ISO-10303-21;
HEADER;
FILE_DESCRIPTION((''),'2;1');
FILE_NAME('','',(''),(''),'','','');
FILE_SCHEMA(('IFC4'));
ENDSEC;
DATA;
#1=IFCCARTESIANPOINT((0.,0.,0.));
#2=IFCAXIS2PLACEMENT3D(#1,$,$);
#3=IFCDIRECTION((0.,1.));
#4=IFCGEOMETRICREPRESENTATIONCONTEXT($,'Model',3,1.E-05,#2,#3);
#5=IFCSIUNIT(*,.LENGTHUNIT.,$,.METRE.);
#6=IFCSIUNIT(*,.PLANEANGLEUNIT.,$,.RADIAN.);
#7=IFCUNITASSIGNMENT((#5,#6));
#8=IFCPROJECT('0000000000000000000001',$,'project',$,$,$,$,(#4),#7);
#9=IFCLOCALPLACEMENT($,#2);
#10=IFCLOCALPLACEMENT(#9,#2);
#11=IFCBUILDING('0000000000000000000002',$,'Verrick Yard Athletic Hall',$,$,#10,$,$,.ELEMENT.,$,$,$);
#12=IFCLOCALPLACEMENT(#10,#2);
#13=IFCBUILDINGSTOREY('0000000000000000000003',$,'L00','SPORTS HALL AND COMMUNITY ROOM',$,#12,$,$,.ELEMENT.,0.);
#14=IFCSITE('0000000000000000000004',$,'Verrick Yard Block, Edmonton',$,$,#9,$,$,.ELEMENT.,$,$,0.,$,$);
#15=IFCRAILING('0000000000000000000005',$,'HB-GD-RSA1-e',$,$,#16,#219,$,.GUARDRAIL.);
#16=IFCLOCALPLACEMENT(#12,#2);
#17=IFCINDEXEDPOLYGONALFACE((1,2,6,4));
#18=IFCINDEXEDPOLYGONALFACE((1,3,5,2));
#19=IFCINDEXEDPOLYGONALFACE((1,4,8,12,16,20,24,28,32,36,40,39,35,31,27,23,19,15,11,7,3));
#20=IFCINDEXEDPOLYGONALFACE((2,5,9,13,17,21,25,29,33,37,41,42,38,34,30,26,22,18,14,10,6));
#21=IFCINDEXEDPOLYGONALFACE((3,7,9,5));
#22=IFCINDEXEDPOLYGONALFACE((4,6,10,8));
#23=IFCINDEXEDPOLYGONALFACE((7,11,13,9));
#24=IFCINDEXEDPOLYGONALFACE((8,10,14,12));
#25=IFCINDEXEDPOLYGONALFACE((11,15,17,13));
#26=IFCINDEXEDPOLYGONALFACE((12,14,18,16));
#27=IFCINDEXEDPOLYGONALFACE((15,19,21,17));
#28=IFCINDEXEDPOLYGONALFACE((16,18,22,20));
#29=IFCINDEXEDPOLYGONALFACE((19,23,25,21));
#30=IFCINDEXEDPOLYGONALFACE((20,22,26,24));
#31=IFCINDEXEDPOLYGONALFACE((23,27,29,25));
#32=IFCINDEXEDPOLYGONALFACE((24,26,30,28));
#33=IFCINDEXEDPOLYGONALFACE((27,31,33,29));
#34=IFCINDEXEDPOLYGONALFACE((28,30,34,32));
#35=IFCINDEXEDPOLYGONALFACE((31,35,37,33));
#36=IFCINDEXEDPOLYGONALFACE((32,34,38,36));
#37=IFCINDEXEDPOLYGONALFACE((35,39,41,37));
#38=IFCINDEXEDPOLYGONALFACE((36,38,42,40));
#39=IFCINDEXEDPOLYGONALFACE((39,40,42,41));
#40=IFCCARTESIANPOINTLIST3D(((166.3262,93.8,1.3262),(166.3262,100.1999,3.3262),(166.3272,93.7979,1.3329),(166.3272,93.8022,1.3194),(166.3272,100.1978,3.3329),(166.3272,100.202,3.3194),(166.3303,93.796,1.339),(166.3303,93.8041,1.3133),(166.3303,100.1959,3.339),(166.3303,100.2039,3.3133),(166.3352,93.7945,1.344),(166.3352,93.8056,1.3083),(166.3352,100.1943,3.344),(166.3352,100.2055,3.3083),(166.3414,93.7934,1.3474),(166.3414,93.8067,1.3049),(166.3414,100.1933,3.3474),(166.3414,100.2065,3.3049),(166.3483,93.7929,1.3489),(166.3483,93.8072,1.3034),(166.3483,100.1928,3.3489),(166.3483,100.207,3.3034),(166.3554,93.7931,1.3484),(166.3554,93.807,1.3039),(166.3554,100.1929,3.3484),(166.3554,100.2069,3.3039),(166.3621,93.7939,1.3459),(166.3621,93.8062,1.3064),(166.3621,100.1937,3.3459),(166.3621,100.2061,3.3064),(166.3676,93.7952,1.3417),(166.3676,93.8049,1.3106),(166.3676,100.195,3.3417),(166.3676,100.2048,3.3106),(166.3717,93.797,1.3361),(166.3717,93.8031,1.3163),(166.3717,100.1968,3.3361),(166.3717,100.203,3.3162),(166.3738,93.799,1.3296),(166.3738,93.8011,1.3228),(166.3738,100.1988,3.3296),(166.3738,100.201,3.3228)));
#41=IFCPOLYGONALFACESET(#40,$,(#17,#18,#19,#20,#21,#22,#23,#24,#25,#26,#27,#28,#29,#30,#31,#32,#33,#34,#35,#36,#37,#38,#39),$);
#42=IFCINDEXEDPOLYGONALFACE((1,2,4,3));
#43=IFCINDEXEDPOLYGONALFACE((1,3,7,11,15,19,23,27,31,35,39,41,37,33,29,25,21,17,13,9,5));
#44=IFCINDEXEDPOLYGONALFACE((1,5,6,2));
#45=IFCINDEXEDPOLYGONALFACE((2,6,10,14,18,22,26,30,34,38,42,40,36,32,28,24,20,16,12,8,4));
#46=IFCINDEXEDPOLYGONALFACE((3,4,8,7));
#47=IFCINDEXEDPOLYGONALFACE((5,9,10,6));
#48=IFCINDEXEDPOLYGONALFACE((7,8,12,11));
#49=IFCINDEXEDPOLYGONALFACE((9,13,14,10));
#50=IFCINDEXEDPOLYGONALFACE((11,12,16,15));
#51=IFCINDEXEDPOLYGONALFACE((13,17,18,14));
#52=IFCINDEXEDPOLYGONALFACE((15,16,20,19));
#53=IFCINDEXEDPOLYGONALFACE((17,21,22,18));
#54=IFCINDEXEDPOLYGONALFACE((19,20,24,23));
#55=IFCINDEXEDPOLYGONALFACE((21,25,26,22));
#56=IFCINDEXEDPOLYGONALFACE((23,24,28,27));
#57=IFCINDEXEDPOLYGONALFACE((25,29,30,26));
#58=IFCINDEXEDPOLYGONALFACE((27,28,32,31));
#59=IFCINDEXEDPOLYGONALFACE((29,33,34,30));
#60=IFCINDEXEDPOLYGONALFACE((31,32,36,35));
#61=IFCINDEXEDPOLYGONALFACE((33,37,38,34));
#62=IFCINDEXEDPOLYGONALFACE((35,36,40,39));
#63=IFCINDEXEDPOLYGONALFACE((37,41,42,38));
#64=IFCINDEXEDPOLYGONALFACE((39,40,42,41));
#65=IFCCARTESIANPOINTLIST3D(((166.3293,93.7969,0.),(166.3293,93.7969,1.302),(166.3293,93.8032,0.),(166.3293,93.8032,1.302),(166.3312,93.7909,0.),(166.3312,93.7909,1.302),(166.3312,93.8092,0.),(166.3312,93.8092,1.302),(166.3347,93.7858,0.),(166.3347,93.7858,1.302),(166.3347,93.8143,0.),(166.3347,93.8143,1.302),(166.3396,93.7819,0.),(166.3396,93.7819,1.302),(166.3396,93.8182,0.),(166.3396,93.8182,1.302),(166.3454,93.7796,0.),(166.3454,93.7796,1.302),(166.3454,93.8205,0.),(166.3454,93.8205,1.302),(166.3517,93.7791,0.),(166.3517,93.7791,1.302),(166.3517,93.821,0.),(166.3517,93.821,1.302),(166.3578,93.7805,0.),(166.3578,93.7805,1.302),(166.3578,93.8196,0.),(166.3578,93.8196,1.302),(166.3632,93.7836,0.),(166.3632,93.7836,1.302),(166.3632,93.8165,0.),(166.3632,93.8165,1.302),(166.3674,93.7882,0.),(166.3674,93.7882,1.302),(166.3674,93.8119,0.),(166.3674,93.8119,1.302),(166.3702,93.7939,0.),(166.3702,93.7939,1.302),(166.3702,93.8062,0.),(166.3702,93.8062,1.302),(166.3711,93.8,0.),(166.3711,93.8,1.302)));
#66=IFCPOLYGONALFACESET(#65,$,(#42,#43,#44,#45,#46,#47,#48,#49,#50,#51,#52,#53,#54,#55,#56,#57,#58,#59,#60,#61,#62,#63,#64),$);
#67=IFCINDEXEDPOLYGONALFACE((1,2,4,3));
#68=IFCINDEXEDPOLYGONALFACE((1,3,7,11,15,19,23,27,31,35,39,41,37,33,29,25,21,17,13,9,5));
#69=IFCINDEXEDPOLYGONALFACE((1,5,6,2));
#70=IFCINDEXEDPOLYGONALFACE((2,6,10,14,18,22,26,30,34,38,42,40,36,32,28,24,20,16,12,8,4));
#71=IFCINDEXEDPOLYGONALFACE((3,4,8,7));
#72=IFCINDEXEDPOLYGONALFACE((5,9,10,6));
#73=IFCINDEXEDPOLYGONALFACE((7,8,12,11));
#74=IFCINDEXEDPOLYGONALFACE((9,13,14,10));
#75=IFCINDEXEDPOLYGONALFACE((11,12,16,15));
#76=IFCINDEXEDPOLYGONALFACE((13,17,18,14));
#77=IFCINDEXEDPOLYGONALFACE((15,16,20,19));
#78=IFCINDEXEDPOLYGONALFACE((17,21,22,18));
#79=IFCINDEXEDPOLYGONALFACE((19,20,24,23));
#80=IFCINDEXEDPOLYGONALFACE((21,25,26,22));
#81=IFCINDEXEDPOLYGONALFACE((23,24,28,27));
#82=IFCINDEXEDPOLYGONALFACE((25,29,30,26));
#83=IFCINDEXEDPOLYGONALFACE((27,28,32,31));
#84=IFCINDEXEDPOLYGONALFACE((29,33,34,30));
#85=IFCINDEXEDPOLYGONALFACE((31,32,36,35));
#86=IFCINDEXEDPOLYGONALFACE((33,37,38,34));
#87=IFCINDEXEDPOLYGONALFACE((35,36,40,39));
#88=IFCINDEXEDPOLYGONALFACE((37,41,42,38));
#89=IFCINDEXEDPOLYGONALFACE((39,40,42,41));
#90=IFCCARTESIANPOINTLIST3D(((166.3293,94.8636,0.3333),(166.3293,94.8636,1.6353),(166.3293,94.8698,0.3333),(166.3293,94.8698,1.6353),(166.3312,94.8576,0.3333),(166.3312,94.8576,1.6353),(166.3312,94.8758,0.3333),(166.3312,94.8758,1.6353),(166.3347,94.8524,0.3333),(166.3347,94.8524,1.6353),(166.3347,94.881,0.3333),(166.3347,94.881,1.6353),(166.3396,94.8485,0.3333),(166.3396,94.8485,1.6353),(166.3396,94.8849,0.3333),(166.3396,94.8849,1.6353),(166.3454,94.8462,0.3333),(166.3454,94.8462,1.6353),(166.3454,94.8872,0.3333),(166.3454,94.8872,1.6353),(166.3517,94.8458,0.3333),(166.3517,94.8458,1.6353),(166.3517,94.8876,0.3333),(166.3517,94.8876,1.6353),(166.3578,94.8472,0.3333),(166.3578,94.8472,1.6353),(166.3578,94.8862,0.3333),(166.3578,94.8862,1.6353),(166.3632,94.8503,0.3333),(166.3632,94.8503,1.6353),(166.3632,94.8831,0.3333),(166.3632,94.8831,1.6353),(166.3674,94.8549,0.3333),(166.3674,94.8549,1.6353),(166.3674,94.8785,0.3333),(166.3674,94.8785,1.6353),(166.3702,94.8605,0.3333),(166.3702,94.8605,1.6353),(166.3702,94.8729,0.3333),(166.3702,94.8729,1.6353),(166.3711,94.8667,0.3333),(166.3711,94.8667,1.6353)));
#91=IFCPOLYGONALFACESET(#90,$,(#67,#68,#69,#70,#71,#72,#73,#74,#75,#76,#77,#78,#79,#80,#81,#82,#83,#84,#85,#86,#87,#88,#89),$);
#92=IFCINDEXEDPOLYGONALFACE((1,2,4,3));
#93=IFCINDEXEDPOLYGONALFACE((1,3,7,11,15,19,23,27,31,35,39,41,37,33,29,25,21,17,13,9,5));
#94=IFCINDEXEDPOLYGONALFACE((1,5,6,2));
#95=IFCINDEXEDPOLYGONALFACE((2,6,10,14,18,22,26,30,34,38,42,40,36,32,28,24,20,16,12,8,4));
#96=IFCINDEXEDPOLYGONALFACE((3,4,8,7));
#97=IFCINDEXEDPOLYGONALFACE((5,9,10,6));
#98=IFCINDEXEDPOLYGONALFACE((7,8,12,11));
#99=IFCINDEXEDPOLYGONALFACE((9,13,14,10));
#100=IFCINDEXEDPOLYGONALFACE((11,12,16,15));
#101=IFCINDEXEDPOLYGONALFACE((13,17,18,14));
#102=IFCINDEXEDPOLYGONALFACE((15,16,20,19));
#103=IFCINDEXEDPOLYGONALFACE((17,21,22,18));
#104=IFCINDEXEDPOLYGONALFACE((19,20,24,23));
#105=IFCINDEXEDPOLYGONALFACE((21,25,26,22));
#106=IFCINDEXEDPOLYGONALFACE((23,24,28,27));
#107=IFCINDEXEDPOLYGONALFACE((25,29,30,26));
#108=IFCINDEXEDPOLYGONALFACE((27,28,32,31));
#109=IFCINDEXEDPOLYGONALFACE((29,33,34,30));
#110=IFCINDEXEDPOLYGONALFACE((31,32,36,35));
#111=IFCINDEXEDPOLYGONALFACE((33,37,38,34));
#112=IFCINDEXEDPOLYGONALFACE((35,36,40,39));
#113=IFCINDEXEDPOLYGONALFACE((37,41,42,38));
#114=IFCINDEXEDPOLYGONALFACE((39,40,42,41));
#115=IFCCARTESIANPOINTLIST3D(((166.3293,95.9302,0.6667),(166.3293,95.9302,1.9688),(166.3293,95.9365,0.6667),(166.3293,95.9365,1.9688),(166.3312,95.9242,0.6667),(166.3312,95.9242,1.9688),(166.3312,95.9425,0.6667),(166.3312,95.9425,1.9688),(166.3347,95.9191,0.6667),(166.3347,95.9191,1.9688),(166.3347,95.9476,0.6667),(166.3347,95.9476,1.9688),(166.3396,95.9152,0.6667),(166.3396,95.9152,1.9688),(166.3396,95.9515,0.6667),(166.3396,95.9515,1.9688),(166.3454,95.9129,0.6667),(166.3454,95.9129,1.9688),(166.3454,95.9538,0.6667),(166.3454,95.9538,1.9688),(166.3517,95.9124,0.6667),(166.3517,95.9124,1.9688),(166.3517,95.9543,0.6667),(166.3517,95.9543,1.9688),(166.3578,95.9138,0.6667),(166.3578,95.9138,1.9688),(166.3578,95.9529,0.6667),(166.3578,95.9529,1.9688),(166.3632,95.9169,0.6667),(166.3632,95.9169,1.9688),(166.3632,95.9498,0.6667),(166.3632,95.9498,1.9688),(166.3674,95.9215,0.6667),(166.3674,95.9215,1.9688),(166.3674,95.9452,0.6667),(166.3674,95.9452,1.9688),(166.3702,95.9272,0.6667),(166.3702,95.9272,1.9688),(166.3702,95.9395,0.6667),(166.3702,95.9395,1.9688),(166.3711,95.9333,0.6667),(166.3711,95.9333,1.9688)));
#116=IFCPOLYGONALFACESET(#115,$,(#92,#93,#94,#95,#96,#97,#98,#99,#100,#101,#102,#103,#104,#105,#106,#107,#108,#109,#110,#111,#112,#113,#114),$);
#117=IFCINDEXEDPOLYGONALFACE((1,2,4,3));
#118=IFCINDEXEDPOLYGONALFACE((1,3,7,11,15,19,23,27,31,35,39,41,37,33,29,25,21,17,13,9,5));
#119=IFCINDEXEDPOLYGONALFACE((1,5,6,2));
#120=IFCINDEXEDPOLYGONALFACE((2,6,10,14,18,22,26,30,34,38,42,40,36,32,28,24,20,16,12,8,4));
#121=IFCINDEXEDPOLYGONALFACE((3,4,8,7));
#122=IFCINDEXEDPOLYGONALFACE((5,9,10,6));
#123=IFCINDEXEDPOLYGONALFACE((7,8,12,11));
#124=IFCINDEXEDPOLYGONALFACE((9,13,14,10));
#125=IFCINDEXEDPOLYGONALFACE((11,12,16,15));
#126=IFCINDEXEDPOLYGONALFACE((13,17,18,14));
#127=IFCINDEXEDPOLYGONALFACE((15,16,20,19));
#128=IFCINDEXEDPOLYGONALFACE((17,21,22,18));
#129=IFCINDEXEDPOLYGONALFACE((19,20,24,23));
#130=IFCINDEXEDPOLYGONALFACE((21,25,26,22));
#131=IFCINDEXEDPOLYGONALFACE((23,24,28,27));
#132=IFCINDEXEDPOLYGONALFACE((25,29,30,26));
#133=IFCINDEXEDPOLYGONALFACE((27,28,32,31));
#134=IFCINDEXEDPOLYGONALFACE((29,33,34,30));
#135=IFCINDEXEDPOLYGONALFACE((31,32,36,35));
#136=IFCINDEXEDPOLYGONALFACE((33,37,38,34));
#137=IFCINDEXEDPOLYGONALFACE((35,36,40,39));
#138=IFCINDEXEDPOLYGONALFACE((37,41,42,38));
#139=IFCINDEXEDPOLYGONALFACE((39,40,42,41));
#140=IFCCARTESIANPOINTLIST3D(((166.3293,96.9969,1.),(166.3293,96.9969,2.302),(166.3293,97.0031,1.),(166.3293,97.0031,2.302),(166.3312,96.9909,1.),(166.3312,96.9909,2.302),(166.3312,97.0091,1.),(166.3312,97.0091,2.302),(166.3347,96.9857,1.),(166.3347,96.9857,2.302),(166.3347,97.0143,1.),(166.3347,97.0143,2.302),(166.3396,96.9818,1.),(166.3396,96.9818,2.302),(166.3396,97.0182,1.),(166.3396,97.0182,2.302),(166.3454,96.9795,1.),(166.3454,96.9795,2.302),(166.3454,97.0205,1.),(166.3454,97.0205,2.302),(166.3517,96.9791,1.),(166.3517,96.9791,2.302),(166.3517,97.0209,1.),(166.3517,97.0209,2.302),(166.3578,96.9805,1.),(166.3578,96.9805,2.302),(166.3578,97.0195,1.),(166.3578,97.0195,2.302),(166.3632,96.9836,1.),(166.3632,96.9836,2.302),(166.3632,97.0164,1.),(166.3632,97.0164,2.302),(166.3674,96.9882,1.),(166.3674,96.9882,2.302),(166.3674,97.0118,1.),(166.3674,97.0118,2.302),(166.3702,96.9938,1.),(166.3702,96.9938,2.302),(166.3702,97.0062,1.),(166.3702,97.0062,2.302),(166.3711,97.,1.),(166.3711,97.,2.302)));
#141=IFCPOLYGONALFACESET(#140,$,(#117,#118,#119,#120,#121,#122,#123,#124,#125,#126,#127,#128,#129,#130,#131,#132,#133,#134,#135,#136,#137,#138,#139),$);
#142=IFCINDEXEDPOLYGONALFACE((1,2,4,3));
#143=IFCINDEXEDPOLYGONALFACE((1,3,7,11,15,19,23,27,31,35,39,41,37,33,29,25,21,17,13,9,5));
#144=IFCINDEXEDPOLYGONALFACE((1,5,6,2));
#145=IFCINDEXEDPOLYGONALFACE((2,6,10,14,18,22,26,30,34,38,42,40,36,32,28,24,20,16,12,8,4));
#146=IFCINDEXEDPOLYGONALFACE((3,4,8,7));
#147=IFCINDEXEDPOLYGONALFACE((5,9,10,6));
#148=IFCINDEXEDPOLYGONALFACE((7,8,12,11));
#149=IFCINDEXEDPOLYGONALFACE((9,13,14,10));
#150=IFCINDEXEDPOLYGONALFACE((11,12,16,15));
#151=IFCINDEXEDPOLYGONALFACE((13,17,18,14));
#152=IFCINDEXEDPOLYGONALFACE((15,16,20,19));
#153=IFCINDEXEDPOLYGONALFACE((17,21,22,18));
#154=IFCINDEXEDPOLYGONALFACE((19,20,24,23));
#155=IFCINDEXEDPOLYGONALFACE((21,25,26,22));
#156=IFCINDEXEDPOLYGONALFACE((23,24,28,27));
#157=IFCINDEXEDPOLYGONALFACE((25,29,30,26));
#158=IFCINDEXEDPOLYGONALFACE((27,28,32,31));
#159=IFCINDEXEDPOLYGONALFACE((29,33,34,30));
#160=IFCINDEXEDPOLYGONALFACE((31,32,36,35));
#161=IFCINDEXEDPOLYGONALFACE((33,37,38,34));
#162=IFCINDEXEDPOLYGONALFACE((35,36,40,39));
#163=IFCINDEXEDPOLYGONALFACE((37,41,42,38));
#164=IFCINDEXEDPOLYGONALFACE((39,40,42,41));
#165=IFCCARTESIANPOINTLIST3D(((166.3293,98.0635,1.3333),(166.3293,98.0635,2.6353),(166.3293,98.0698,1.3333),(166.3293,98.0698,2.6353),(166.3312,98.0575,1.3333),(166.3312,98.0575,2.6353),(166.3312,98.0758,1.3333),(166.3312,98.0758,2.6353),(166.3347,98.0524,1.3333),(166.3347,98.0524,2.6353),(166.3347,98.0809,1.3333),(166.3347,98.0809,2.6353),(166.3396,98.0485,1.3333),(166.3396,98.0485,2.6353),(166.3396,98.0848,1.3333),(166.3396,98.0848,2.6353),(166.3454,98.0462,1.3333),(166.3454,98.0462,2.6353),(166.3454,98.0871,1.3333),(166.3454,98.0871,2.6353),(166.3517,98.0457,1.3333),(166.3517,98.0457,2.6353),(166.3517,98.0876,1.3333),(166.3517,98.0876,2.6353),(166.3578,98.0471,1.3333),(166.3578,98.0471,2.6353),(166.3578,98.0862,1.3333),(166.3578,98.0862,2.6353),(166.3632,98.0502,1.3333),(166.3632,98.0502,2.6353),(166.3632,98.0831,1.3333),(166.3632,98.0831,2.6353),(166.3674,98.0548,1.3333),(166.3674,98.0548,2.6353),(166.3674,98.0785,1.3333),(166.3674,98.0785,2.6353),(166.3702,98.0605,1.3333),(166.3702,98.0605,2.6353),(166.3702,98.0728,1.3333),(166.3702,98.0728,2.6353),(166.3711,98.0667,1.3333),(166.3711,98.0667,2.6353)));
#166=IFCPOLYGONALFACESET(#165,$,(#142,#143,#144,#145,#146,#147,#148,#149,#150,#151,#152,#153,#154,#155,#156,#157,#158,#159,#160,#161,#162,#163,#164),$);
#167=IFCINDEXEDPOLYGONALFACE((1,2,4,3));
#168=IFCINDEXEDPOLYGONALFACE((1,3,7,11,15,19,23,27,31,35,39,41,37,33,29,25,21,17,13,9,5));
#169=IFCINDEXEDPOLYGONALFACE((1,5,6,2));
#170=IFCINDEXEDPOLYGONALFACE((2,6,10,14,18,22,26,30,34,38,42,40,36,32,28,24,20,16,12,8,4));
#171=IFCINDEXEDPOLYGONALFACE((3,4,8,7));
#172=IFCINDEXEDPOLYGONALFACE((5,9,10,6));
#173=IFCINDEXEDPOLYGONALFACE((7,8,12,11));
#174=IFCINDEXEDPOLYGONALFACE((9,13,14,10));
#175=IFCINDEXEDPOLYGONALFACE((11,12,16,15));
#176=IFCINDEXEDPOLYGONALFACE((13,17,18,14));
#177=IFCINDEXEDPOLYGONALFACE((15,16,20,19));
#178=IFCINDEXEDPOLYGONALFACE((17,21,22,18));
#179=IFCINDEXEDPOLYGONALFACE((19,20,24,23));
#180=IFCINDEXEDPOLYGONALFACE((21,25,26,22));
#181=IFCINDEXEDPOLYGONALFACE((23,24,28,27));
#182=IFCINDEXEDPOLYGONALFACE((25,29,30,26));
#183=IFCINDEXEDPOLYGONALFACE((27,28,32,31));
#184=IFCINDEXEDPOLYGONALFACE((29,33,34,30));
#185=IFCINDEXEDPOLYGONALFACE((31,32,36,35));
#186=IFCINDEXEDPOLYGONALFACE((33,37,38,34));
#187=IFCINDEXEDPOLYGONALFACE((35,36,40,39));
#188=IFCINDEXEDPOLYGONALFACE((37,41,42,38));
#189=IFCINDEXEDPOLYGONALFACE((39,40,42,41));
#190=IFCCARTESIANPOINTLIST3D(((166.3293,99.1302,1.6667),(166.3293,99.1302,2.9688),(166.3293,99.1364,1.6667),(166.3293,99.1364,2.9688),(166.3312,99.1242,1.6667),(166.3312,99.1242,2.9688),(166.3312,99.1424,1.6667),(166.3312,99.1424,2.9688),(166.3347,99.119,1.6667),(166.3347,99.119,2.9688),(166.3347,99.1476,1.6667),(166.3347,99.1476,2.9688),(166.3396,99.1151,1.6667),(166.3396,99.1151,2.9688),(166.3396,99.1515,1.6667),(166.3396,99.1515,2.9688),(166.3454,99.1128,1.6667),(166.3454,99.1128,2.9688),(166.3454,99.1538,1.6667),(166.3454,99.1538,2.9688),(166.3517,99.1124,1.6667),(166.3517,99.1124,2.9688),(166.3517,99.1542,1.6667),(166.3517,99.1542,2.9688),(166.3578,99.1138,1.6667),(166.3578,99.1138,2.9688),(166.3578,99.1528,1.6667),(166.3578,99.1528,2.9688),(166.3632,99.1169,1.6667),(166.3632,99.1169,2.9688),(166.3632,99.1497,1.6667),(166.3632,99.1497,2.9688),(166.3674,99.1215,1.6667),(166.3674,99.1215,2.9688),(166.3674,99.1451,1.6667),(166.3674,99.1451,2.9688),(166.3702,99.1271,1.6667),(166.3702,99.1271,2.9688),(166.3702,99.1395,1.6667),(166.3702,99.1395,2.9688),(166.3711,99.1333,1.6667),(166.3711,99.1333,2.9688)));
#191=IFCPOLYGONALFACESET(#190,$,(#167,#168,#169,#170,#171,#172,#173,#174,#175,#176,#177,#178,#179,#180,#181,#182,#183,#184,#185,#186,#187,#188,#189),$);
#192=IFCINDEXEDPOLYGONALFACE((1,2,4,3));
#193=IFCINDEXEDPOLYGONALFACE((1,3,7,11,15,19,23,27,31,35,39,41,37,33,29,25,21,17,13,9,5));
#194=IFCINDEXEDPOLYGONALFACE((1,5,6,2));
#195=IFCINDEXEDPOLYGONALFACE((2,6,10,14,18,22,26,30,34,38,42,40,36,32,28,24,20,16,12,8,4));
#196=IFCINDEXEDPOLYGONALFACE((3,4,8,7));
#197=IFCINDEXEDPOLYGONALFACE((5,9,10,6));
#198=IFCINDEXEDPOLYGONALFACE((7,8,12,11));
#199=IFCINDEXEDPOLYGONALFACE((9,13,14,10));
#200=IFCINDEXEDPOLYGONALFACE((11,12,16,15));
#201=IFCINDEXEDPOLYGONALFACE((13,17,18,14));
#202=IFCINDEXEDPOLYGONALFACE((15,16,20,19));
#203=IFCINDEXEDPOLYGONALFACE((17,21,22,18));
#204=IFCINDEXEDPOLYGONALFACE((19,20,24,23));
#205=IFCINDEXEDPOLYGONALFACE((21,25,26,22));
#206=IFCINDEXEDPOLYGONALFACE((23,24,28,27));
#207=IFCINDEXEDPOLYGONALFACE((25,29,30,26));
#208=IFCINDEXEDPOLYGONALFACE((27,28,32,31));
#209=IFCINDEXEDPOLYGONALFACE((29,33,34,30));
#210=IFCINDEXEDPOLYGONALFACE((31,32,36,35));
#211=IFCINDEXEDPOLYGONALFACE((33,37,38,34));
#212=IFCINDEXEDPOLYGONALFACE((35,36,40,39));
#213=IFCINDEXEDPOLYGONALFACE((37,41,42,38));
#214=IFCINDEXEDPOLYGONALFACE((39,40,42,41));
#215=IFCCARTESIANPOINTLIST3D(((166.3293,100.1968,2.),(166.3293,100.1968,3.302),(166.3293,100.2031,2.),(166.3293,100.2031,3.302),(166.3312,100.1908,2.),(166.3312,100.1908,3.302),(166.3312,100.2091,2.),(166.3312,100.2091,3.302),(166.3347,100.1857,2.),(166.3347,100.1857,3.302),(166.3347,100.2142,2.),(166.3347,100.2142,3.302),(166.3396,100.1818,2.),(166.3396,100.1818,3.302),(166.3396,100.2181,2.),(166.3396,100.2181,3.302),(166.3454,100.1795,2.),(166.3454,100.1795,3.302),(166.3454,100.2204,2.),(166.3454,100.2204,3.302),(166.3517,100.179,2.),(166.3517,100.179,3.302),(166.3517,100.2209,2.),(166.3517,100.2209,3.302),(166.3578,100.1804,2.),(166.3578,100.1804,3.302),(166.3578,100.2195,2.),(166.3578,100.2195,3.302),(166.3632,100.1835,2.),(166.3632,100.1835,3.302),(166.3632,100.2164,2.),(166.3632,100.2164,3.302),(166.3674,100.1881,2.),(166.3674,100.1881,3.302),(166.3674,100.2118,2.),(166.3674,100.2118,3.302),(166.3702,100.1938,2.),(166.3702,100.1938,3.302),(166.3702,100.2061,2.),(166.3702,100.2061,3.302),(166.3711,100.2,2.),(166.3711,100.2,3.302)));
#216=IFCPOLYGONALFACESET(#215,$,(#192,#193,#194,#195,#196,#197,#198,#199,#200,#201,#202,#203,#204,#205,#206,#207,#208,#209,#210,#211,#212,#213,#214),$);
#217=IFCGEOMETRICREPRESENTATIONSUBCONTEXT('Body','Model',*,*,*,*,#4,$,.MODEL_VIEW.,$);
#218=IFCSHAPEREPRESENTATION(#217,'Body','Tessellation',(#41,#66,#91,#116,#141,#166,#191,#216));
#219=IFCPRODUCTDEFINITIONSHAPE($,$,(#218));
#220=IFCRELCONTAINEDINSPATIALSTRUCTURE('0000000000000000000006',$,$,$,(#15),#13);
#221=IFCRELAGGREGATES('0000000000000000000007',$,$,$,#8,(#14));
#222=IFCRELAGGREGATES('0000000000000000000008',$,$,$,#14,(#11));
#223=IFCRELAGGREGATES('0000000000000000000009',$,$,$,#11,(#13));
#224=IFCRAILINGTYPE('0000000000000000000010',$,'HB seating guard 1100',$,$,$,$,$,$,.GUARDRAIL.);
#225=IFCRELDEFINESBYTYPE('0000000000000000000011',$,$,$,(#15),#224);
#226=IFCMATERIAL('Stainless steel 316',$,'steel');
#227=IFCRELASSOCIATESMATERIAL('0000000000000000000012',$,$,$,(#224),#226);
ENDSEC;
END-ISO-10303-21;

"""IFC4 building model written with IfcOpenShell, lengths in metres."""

from ifc_helpers import new_model, si_unit, direction, frame, origin, origin_2d, place, context, subcontext, project, spatial, circle, extrude, material, type_object, element, save


model = new_model("IFC4")

# Units and contexts
model_context = context("Model", 3, precision=1e-05, world=origin(), true_north=direction((0.0, 1.0)))
body_context = subcontext(model_context, "Body", "Model", "MODEL_VIEW")
ifc_project = project(units=[si_unit("LENGTHUNIT", "METRE"), si_unit("PLANEANGLEUNIT", "RADIAN")], contexts=[model_context])

# Site, building, storey
site_placement = place(None, origin())
site = spatial("IfcSite", under=ifc_project, at=site_placement, Name="Verrick Yard Block, Edmonton", CompositionType="ELEMENT", RefElevation=0.0)
building_placement = place(site_placement, origin())
building = spatial("IfcBuilding", under=site, at=building_placement, Name="Verrick Yard Athletic Hall", CompositionType="ELEMENT")
storey_placement = place(building_placement, origin())
storey = spatial("IfcBuildingStorey", under=building, at=storey_placement, Name="L00", Description="SPORTS HALL AND COMMUNITY ROOM", CompositionType="ELEMENT", Elevation=0.0)

# Railing
ifc_material_1 = material(Name="Stainless steel 316", Category="steel")
railing_type = type_object("IfcRailingType", Name="HB seating guard 1100", PredefinedType="GUARDRAIL", material=ifc_material_1)
railing_placement = place(storey_placement, frame((166.3501, 93.8, 0.0)))
element("IfcRailing", 1, at=railing_placement, inside=storey, type_object=railing_type, Name="HB-GD-RSA1-e", PredefinedType="GUARDRAIL", context=body_context, shape_type="SweptSolid", body=[
    extrude(circle(Radius=0.0239, at=origin_2d()), frame((0.0, 0.0, 1.3262), z_axis=(0.0, 0.954479, 0.298279), x_axis=(-1.0, 0.0, 0.0)), (0.0, 0.0, 1.0), 6.7051),
    extrude(circle(Radius=0.021, at=origin_2d()), origin(), (0.0, 0.0, 1.0), 1.302),
    extrude(circle(Radius=0.021, at=origin_2d()), frame((0.0, 1.0667, 0.3333)), (0.0, 0.0, 1.0), 1.302),
    extrude(circle(Radius=0.021, at=origin_2d()), frame((0.0, 2.1333, 0.6667)), (0.0, 0.0, 1.0), 1.302),
    extrude(circle(Radius=0.021, at=origin_2d()), frame((0.0, 3.2, 1.0)), (0.0, 0.0, 1.0), 1.302),
    extrude(circle(Radius=0.021, at=origin_2d()), frame((0.0, 4.2666, 1.3333)), (0.0, 0.0, 1.0), 1.302),
    extrude(circle(Radius=0.021, at=origin_2d()), frame((0.0, 5.3333, 1.6667)), (0.0, 0.0, 1.0), 1.302),
    extrude(circle(Radius=0.021, at=origin_2d()), frame((0.0, 6.3999, 2.0)), (0.0, 0.0, 1.0), 1.302),
])

save(model, "model.ifc")
